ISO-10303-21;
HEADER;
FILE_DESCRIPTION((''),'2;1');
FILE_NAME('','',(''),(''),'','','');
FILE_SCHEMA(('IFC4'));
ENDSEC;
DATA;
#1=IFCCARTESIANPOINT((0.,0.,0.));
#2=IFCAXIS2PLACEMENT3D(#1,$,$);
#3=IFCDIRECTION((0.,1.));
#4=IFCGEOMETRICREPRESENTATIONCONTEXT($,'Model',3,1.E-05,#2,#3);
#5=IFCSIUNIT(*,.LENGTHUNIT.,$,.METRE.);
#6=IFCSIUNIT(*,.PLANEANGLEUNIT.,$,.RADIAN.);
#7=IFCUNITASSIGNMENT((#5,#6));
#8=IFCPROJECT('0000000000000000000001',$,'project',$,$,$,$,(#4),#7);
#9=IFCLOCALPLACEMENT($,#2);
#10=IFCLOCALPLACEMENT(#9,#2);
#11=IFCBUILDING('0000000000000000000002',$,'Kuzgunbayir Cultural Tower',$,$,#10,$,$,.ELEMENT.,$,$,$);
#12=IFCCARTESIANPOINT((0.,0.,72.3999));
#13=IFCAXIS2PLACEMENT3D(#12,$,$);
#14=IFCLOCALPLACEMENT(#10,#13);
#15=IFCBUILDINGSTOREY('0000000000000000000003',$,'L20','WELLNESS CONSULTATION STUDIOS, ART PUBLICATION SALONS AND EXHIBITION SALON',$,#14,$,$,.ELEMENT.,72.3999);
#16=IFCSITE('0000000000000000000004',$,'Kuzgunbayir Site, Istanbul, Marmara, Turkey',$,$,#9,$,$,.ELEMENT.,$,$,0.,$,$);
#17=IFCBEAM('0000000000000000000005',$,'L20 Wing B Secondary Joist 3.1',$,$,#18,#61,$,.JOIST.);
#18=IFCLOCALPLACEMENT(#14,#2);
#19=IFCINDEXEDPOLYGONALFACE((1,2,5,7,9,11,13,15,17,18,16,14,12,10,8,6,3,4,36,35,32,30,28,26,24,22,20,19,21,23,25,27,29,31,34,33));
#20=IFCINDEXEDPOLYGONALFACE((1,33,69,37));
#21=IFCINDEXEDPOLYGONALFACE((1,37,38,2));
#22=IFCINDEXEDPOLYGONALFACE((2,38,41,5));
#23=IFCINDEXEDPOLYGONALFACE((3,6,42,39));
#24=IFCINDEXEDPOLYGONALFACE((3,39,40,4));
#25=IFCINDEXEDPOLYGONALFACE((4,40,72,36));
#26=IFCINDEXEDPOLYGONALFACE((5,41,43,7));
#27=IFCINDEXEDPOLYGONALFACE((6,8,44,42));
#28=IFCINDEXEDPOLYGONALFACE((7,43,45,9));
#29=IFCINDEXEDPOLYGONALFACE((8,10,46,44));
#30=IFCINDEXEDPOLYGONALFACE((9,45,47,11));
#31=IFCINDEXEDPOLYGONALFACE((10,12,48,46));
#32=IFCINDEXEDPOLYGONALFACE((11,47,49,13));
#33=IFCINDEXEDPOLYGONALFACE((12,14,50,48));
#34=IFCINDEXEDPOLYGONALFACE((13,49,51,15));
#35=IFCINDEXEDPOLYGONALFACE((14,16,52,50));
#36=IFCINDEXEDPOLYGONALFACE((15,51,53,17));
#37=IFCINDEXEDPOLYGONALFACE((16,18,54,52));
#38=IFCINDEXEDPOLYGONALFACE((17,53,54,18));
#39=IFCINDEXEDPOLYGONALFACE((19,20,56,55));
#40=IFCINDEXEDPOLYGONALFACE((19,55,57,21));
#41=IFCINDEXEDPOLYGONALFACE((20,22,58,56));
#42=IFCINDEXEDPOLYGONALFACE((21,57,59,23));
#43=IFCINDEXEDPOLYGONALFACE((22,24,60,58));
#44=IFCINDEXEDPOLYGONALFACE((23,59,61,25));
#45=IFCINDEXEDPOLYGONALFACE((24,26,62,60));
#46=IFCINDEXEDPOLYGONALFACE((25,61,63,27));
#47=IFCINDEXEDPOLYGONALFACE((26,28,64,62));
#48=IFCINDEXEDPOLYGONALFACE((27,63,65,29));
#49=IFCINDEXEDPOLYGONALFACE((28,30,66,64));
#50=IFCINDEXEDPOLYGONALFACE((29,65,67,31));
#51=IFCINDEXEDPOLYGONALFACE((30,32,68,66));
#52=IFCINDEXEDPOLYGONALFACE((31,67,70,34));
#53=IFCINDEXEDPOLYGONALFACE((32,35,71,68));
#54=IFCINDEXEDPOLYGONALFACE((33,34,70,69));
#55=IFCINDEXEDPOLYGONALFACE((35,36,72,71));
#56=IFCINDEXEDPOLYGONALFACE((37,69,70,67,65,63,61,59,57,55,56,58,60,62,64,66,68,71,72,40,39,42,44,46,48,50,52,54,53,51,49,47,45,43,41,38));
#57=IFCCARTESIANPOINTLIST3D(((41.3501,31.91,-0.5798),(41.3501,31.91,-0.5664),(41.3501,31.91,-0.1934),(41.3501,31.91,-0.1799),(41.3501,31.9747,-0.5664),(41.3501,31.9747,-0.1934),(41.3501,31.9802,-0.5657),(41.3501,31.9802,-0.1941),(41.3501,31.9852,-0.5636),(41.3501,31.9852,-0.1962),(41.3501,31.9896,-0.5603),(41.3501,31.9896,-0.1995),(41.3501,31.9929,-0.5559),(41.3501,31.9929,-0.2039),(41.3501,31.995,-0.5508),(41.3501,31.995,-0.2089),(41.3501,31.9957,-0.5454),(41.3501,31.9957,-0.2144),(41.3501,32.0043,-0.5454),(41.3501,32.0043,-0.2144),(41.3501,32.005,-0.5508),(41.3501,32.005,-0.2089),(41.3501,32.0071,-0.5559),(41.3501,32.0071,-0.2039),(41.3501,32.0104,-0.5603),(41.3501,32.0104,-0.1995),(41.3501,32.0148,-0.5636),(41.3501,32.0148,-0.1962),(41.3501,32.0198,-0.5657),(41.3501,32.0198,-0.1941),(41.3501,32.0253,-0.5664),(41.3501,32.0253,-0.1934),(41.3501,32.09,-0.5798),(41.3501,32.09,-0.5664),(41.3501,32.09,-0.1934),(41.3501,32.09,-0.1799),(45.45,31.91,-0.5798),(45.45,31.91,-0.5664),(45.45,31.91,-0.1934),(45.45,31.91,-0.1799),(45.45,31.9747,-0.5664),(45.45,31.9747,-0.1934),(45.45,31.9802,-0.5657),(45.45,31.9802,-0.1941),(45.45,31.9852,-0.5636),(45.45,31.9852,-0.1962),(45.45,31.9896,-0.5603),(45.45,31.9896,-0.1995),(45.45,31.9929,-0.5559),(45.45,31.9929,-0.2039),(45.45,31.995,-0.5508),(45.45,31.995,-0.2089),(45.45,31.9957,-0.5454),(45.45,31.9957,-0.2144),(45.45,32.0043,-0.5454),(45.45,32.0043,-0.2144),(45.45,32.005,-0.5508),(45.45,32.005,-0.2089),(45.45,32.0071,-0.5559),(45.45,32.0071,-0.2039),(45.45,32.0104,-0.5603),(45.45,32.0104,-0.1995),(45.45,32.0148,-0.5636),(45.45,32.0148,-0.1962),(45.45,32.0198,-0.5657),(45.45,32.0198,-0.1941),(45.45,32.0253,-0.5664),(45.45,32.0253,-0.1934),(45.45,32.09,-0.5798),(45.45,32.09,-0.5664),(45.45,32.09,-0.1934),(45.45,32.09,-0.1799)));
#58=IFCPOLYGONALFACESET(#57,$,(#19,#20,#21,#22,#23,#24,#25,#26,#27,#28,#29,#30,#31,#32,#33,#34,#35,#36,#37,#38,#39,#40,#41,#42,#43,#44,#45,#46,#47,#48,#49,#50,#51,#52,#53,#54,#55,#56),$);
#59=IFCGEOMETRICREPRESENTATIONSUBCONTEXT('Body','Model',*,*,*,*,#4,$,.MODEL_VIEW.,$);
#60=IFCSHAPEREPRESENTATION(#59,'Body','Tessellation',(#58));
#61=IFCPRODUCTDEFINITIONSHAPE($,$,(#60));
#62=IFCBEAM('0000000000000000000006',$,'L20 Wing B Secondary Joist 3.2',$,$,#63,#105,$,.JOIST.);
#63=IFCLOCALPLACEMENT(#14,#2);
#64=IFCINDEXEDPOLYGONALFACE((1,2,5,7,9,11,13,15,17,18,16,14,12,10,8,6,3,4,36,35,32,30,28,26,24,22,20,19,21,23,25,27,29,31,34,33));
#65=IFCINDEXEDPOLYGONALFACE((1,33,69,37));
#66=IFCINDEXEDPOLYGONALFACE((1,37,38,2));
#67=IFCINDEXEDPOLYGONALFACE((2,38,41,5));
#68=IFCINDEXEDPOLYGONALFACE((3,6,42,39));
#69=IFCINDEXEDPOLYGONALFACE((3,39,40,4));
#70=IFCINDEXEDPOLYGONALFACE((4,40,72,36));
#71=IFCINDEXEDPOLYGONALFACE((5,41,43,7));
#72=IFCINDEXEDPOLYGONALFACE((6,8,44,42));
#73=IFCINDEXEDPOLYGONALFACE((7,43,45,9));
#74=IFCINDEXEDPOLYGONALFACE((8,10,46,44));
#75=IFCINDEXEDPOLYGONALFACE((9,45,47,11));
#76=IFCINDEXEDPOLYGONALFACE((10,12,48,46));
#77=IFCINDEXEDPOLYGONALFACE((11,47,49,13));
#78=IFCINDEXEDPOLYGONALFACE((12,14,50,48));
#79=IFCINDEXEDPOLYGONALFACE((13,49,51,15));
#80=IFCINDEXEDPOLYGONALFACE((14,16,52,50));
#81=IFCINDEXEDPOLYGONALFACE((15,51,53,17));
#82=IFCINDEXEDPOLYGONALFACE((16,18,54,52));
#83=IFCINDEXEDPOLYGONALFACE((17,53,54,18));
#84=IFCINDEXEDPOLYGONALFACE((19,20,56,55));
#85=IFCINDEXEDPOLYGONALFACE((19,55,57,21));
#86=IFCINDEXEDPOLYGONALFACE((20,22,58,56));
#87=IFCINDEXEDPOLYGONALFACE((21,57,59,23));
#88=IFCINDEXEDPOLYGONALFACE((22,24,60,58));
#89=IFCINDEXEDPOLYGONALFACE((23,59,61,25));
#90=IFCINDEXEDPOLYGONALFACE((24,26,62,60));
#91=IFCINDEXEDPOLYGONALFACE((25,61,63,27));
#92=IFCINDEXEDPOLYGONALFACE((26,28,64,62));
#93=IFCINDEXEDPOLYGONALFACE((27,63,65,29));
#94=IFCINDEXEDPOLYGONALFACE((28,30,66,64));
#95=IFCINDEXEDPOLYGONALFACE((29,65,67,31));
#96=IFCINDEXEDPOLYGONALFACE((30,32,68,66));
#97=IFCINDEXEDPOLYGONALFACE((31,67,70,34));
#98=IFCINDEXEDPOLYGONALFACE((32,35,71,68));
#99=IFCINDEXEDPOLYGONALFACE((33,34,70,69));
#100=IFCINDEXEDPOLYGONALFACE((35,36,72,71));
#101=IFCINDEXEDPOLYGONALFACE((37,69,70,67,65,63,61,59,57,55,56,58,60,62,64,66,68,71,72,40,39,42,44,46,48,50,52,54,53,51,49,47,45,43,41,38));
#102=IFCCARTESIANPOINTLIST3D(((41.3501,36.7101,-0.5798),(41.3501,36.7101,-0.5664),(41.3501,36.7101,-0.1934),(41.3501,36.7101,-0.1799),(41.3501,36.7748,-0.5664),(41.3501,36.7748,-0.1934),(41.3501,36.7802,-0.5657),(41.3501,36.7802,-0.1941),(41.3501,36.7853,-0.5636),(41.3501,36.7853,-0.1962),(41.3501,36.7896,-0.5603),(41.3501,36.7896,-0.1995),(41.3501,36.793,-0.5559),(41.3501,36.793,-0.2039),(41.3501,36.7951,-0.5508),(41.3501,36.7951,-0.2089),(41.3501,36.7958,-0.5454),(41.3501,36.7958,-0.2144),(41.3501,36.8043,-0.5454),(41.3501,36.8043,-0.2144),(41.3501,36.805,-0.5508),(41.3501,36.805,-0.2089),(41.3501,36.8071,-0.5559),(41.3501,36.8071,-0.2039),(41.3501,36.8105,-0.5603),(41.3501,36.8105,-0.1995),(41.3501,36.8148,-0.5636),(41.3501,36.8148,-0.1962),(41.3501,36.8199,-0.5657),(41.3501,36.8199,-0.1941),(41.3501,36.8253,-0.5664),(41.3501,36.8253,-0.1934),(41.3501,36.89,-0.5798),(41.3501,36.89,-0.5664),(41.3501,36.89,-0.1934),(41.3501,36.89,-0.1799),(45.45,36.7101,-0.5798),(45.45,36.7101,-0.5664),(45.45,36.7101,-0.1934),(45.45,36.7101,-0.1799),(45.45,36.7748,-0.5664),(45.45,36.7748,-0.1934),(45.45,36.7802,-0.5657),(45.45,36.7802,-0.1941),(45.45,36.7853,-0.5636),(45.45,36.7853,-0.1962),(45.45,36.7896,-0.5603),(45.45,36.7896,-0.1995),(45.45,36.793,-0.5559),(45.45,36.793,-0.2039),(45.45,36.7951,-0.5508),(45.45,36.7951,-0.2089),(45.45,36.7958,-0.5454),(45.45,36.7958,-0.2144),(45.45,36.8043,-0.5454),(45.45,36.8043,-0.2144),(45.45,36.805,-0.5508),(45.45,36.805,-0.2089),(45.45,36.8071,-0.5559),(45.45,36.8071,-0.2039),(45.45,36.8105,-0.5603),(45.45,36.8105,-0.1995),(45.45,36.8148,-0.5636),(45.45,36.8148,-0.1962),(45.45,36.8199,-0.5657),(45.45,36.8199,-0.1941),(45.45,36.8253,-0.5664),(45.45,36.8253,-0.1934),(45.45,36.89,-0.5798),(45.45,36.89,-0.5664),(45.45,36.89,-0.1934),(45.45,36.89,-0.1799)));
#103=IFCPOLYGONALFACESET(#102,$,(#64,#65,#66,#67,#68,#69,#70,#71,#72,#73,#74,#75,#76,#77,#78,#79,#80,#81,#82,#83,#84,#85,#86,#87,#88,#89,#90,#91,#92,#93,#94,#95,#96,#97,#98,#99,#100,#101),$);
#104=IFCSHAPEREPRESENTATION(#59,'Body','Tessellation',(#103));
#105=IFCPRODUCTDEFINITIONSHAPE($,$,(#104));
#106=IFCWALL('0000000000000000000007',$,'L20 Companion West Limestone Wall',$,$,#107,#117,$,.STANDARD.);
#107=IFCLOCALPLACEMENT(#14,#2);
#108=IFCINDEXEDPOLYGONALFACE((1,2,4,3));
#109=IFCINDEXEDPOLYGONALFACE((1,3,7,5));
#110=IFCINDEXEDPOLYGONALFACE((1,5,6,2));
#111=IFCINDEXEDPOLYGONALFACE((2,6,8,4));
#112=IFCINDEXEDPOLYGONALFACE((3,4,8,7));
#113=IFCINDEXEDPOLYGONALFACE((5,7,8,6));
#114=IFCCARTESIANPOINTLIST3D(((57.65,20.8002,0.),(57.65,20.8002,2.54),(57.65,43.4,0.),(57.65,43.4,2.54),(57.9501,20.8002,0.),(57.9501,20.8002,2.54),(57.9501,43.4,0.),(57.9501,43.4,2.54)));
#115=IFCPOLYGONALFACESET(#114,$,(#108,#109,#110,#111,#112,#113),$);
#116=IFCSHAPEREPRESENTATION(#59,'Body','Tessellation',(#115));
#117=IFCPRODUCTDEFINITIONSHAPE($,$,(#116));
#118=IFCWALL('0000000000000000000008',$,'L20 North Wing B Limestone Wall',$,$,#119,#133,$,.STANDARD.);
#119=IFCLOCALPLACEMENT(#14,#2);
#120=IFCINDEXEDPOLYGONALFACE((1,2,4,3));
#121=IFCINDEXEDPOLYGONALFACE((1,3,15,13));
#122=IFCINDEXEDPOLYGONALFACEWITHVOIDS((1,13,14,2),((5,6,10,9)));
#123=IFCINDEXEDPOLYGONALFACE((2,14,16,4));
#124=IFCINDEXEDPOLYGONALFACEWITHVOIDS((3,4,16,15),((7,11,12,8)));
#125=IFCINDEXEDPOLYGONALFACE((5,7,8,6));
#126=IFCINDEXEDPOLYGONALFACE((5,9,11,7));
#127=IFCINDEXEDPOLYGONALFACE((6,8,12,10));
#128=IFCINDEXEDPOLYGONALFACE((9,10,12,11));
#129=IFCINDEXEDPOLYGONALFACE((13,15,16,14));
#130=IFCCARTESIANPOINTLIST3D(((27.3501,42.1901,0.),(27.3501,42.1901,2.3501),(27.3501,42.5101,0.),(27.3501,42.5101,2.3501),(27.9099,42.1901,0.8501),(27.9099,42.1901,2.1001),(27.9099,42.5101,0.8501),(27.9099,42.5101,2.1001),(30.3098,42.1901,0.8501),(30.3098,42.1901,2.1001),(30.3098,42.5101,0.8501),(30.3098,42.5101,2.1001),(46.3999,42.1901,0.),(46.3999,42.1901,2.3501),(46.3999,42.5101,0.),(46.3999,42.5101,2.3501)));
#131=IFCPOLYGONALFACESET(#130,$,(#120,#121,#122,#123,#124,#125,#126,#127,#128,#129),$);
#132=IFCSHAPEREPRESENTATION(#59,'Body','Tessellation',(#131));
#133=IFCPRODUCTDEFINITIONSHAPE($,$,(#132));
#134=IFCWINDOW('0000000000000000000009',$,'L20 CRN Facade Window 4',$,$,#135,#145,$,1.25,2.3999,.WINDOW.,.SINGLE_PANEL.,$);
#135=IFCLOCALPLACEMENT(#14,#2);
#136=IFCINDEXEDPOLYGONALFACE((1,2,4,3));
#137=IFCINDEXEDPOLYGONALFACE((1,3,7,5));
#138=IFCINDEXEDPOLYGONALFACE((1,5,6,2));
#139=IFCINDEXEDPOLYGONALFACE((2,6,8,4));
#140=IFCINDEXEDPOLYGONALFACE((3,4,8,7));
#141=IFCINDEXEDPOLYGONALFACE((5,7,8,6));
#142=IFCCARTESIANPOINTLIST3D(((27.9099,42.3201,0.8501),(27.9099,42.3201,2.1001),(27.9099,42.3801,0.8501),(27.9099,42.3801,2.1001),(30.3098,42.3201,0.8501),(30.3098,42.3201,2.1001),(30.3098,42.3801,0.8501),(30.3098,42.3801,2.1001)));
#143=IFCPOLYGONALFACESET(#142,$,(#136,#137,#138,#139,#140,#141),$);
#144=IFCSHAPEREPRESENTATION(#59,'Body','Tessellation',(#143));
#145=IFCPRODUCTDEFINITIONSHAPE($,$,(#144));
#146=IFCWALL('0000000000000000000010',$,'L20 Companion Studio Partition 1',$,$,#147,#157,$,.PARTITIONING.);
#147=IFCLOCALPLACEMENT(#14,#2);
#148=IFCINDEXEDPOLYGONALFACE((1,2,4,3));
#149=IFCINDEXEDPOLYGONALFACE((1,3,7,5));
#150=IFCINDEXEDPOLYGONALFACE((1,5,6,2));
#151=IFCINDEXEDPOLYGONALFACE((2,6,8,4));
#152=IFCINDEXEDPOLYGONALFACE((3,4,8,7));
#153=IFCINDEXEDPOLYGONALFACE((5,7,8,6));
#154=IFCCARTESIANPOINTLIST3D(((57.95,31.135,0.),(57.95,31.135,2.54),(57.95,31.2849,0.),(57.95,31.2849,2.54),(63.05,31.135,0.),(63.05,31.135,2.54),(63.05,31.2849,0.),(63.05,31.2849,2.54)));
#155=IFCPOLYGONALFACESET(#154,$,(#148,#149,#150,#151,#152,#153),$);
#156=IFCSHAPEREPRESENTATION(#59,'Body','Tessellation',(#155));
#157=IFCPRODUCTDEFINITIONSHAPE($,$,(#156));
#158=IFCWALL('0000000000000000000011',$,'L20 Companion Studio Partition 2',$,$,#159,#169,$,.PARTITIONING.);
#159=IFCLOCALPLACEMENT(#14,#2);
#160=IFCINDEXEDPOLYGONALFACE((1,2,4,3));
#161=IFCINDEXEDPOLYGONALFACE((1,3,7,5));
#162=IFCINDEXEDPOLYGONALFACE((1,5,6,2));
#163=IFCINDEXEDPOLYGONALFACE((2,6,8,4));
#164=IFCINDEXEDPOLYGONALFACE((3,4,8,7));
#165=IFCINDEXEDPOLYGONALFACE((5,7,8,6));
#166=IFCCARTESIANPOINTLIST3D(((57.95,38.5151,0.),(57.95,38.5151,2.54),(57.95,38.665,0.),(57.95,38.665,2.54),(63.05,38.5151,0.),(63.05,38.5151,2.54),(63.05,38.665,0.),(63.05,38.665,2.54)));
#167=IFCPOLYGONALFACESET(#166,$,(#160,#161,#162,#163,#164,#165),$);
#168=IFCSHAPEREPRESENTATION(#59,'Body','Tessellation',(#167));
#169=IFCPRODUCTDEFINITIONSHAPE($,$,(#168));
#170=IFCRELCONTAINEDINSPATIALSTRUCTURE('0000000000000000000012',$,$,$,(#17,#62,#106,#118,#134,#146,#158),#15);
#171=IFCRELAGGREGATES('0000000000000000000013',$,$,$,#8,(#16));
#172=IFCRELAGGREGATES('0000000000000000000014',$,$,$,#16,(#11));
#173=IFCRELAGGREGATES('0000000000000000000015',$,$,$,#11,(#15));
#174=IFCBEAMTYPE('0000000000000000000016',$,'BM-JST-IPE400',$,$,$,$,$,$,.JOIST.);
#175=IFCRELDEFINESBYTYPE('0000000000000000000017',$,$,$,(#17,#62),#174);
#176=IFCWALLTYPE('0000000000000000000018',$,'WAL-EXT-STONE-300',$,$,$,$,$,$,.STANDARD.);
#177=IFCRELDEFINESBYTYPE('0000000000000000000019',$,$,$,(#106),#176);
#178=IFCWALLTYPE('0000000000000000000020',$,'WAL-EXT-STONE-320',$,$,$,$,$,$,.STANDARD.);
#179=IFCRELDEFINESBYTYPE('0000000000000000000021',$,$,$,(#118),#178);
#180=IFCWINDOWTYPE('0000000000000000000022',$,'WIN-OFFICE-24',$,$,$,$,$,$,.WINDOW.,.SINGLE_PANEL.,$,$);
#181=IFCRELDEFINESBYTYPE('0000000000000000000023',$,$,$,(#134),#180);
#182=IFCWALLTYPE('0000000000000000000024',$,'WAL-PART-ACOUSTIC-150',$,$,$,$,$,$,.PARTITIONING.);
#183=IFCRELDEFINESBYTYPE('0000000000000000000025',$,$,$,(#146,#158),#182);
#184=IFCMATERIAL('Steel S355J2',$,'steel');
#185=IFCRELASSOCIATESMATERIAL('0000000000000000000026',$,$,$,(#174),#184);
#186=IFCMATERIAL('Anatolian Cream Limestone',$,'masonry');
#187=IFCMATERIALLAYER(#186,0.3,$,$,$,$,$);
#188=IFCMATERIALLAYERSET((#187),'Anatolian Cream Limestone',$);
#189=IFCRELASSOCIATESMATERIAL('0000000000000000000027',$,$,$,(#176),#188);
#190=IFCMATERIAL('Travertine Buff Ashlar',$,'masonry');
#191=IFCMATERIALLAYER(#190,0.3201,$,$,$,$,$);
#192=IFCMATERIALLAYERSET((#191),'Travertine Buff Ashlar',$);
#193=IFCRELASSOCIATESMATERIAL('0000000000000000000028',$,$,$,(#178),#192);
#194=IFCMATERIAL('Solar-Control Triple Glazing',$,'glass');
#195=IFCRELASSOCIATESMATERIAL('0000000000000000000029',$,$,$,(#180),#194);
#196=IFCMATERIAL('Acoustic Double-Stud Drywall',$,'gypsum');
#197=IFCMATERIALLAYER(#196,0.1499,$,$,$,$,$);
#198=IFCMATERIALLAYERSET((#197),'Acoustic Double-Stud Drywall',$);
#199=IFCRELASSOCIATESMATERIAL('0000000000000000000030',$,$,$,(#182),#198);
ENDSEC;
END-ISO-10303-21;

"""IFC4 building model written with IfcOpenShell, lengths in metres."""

from ifc_helpers import new_model, si_unit, direction, frame, frame_2d, origin, origin_2d, place, context, subcontext, project, spatial, rectangle, i_section, extrude, material, layer, layer_set, material_profile, profile_set, type_object, element, fill, save


model = new_model("IFC4")

# Units and contexts
model_context = context("Model", 3, precision=1e-05, world=origin(), true_north=direction((0.0, 1.0)))
body_context = subcontext(model_context, "Body", "Model", "MODEL_VIEW")
ifc_project = project(units=[si_unit("LENGTHUNIT", "METRE"), si_unit("PLANEANGLEUNIT", "RADIAN")], contexts=[model_context])

# Site, building, storey
site_placement = place(None, origin())
site = spatial("IfcSite", under=ifc_project, at=site_placement, Name="Kuzgunbayir Site, Istanbul, Marmara, Turkey", CompositionType="ELEMENT", RefElevation=0.0)
building_placement = place(site_placement, origin())
building = spatial("IfcBuilding", under=site, at=building_placement, Name="Kuzgunbayir Cultural Tower", CompositionType="ELEMENT")
storey_placement = place(building_placement, frame((0.0, 0.0, 72.3999)))
storey = spatial("IfcBuildingStorey", under=building, at=storey_placement, Name="L20", Description="WELLNESS CONSULTATION STUDIOS, ART PUBLICATION SALONS AND EXHIBITION SALON", CompositionType="ELEMENT", Elevation=72.3999)

# Beams
ifc_material_1 = material(Name="Steel S355J2", Category="steel")
ifc_material_profile_1 = material_profile(ifc_material_1, i_section(OverallWidth=0.1799, OverallDepth=0.3999, WebThickness=0.0085, FlangeThickness=0.0134, FilletRadius=0.021, at=origin_2d()), Name="IPE 400")
ifc_profile_set_1 = profile_set([ifc_material_profile_1], Name="Steel S355J2")
beam_type_1 = type_object("IfcBeamType", Name="BM-JST-IPE400", PredefinedType="JOIST", material=ifc_profile_set_1)
for number, where, z_axis, x_axis, name in (
    (1, (41.3501, 32.0, -0.3799), (1.0, 0.0, 0.0), (0.0, 1.0, 0.0), "L20 Wing B Secondary Joist 3.1"),
    (2, (41.3501, 36.8, -0.3799), (1.0, 0.0, 0.0), (0.0, 1.0, 0.0), "L20 Wing B Secondary Joist 3.2"),
):
    element("IfcBeam", number, at=place(storey_placement, frame(where, z_axis=z_axis, x_axis=x_axis)), inside=storey, type_object=beam_type_1, Name=name, PredefinedType="JOIST", context=body_context, shape_type="SweptSolid", body=[
        extrude(i_section(OverallWidth=0.1799, OverallDepth=0.3999, WebThickness=0.0085, FlangeThickness=0.0134, FilletRadius=0.021, at=origin_2d()), origin(), (0.0, 0.0, 1.0), 4.0999),
    ])

# Wall
ifc_material_2 = material(Name="Anatolian Cream Limestone", Category="masonry")
ifc_layer_1 = layer(ifc_material_2, 0.3)
ifc_layer_set_1 = layer_set([ifc_layer_1], Name="Anatolian Cream Limestone")
wall_type_1 = type_object("IfcWallType", Name="WAL-EXT-STONE-300", PredefinedType="STANDARD", material=ifc_layer_set_1)
wall_1_placement = place(storey_placement, frame((57.8, 43.3999, 0.0), z_axis=(0.0, 0.0, 1.0), x_axis=(0.0, -1.0, 0.0)))
element("IfcWall", 3, at=wall_1_placement, inside=storey, type_object=wall_type_1, Name="L20 Companion West Limestone Wall", PredefinedType="STANDARD", context=body_context, shape_type="SweptSolid", body=[
    extrude(rectangle(XDim=22.5999, YDim=0.3, at=frame_2d((11.2998, 0.0))), origin(), (0.0, 0.0, 1.0), 2.54),
])

# Wall, opening, window
ifc_material_3 = material(Name="Travertine Buff Ashlar", Category="masonry")
ifc_layer_2 = layer(ifc_material_3, 0.3201)
ifc_layer_set_2 = layer_set([ifc_layer_2], Name="Travertine Buff Ashlar")
wall_type_2 = type_object("IfcWallType", Name="WAL-EXT-STONE-320", PredefinedType="STANDARD", material=ifc_layer_set_2)
wall_2_placement = place(storey_placement, frame((46.3999, 42.3501, 0.0), z_axis=(0.0, 0.0, 1.0), x_axis=(-1.0, 0.0, 0.0)))
wall_2 = element("IfcWall", 4, at=wall_2_placement, inside=storey, type_object=wall_type_2, Name="L20 North Wing B Limestone Wall", PredefinedType="STANDARD", context=body_context, shape_type="SweptSolid", body=[
    extrude(rectangle(XDim=19.0498, YDim=0.3201, at=frame_2d((9.5249, 0.0))), origin(), (0.0, 0.0, 1.0), 2.3501),
])
opening_placement = place(wall_2_placement, frame((16.0901, 0.0, 0.8501)))
opening = element("IfcOpeningElement", 5, at=opening_placement, cuts=wall_2, PredefinedType="OPENING", context=body_context, shape_type="SweptSolid", body=[
    extrude(rectangle(XDim=2.3999, YDim=1.25, at=frame_2d((1.2, 0.625))), frame((0.0, 0.1699, 0.0), z_axis=(0.0, -1.0, 0.0), x_axis=(1.0, 0.0, 0.0)), (0.0, 0.0, 1.0), 0.3401),
])
ifc_material_4 = material(Name="Solar-Control Triple Glazing", Category="glass")
window_type = type_object("IfcWindowType", Name="WIN-OFFICE-24", PartitioningType="SINGLE_PANEL", PredefinedType="WINDOW", material=ifc_material_4)
window_placement = place(opening_placement, origin())
window = element("IfcWindow", 6, at=window_placement, inside=storey, type_object=window_type, Name="L20 CRN Facade Window 4", OverallHeight=1.25, OverallWidth=2.3999, PartitioningType="SINGLE_PANEL", PredefinedType="WINDOW", context=body_context, shape_type="SweptSolid", body=[
    extrude(rectangle(XDim=2.3999, YDim=1.25, at=frame_2d((1.2, 0.625))), frame((0.0, 0.03, 0.0), z_axis=(0.0, -1.0, 0.0), x_axis=(1.0, 0.0, 0.0)), (0.0, 0.0, 1.0), 0.0601),
])
fill(opening, window)

# Walls
ifc_material_5 = material(Name="Acoustic Double-Stud Drywall", Category="gypsum")
ifc_layer_3 = layer(ifc_material_5, 0.1499)
ifc_layer_set_3 = layer_set([ifc_layer_3], Name="Acoustic Double-Stud Drywall")
wall_type_3 = type_object("IfcWallType", Name="WAL-PART-ACOUSTIC-150", PredefinedType="PARTITIONING", material=ifc_layer_set_3)
for number, where, z_axis, x_axis, name in (
    (7, (57.95, 31.21, 0.0), (0.0, 0.0, 1.0), (1.0, 0.0, 0.0), "L20 Companion Studio Partition 1"),
    (8, (57.95, 38.5901, 0.0), (0.0, 0.0, 1.0), (1.0, 0.0, 0.0), "L20 Companion Studio Partition 2"),
):
    element("IfcWall", number, at=place(storey_placement, frame(where, z_axis=z_axis, x_axis=x_axis)), inside=storey, type_object=wall_type_3, Name=name, PredefinedType="PARTITIONING", context=body_context, shape_type="SweptSolid", body=[
        extrude(rectangle(XDim=5.1001, YDim=0.1499, at=frame_2d((2.55, 0.0))), origin(), (0.0, 0.0, 1.0), 2.54),
    ])

save(model, "model.ifc")
